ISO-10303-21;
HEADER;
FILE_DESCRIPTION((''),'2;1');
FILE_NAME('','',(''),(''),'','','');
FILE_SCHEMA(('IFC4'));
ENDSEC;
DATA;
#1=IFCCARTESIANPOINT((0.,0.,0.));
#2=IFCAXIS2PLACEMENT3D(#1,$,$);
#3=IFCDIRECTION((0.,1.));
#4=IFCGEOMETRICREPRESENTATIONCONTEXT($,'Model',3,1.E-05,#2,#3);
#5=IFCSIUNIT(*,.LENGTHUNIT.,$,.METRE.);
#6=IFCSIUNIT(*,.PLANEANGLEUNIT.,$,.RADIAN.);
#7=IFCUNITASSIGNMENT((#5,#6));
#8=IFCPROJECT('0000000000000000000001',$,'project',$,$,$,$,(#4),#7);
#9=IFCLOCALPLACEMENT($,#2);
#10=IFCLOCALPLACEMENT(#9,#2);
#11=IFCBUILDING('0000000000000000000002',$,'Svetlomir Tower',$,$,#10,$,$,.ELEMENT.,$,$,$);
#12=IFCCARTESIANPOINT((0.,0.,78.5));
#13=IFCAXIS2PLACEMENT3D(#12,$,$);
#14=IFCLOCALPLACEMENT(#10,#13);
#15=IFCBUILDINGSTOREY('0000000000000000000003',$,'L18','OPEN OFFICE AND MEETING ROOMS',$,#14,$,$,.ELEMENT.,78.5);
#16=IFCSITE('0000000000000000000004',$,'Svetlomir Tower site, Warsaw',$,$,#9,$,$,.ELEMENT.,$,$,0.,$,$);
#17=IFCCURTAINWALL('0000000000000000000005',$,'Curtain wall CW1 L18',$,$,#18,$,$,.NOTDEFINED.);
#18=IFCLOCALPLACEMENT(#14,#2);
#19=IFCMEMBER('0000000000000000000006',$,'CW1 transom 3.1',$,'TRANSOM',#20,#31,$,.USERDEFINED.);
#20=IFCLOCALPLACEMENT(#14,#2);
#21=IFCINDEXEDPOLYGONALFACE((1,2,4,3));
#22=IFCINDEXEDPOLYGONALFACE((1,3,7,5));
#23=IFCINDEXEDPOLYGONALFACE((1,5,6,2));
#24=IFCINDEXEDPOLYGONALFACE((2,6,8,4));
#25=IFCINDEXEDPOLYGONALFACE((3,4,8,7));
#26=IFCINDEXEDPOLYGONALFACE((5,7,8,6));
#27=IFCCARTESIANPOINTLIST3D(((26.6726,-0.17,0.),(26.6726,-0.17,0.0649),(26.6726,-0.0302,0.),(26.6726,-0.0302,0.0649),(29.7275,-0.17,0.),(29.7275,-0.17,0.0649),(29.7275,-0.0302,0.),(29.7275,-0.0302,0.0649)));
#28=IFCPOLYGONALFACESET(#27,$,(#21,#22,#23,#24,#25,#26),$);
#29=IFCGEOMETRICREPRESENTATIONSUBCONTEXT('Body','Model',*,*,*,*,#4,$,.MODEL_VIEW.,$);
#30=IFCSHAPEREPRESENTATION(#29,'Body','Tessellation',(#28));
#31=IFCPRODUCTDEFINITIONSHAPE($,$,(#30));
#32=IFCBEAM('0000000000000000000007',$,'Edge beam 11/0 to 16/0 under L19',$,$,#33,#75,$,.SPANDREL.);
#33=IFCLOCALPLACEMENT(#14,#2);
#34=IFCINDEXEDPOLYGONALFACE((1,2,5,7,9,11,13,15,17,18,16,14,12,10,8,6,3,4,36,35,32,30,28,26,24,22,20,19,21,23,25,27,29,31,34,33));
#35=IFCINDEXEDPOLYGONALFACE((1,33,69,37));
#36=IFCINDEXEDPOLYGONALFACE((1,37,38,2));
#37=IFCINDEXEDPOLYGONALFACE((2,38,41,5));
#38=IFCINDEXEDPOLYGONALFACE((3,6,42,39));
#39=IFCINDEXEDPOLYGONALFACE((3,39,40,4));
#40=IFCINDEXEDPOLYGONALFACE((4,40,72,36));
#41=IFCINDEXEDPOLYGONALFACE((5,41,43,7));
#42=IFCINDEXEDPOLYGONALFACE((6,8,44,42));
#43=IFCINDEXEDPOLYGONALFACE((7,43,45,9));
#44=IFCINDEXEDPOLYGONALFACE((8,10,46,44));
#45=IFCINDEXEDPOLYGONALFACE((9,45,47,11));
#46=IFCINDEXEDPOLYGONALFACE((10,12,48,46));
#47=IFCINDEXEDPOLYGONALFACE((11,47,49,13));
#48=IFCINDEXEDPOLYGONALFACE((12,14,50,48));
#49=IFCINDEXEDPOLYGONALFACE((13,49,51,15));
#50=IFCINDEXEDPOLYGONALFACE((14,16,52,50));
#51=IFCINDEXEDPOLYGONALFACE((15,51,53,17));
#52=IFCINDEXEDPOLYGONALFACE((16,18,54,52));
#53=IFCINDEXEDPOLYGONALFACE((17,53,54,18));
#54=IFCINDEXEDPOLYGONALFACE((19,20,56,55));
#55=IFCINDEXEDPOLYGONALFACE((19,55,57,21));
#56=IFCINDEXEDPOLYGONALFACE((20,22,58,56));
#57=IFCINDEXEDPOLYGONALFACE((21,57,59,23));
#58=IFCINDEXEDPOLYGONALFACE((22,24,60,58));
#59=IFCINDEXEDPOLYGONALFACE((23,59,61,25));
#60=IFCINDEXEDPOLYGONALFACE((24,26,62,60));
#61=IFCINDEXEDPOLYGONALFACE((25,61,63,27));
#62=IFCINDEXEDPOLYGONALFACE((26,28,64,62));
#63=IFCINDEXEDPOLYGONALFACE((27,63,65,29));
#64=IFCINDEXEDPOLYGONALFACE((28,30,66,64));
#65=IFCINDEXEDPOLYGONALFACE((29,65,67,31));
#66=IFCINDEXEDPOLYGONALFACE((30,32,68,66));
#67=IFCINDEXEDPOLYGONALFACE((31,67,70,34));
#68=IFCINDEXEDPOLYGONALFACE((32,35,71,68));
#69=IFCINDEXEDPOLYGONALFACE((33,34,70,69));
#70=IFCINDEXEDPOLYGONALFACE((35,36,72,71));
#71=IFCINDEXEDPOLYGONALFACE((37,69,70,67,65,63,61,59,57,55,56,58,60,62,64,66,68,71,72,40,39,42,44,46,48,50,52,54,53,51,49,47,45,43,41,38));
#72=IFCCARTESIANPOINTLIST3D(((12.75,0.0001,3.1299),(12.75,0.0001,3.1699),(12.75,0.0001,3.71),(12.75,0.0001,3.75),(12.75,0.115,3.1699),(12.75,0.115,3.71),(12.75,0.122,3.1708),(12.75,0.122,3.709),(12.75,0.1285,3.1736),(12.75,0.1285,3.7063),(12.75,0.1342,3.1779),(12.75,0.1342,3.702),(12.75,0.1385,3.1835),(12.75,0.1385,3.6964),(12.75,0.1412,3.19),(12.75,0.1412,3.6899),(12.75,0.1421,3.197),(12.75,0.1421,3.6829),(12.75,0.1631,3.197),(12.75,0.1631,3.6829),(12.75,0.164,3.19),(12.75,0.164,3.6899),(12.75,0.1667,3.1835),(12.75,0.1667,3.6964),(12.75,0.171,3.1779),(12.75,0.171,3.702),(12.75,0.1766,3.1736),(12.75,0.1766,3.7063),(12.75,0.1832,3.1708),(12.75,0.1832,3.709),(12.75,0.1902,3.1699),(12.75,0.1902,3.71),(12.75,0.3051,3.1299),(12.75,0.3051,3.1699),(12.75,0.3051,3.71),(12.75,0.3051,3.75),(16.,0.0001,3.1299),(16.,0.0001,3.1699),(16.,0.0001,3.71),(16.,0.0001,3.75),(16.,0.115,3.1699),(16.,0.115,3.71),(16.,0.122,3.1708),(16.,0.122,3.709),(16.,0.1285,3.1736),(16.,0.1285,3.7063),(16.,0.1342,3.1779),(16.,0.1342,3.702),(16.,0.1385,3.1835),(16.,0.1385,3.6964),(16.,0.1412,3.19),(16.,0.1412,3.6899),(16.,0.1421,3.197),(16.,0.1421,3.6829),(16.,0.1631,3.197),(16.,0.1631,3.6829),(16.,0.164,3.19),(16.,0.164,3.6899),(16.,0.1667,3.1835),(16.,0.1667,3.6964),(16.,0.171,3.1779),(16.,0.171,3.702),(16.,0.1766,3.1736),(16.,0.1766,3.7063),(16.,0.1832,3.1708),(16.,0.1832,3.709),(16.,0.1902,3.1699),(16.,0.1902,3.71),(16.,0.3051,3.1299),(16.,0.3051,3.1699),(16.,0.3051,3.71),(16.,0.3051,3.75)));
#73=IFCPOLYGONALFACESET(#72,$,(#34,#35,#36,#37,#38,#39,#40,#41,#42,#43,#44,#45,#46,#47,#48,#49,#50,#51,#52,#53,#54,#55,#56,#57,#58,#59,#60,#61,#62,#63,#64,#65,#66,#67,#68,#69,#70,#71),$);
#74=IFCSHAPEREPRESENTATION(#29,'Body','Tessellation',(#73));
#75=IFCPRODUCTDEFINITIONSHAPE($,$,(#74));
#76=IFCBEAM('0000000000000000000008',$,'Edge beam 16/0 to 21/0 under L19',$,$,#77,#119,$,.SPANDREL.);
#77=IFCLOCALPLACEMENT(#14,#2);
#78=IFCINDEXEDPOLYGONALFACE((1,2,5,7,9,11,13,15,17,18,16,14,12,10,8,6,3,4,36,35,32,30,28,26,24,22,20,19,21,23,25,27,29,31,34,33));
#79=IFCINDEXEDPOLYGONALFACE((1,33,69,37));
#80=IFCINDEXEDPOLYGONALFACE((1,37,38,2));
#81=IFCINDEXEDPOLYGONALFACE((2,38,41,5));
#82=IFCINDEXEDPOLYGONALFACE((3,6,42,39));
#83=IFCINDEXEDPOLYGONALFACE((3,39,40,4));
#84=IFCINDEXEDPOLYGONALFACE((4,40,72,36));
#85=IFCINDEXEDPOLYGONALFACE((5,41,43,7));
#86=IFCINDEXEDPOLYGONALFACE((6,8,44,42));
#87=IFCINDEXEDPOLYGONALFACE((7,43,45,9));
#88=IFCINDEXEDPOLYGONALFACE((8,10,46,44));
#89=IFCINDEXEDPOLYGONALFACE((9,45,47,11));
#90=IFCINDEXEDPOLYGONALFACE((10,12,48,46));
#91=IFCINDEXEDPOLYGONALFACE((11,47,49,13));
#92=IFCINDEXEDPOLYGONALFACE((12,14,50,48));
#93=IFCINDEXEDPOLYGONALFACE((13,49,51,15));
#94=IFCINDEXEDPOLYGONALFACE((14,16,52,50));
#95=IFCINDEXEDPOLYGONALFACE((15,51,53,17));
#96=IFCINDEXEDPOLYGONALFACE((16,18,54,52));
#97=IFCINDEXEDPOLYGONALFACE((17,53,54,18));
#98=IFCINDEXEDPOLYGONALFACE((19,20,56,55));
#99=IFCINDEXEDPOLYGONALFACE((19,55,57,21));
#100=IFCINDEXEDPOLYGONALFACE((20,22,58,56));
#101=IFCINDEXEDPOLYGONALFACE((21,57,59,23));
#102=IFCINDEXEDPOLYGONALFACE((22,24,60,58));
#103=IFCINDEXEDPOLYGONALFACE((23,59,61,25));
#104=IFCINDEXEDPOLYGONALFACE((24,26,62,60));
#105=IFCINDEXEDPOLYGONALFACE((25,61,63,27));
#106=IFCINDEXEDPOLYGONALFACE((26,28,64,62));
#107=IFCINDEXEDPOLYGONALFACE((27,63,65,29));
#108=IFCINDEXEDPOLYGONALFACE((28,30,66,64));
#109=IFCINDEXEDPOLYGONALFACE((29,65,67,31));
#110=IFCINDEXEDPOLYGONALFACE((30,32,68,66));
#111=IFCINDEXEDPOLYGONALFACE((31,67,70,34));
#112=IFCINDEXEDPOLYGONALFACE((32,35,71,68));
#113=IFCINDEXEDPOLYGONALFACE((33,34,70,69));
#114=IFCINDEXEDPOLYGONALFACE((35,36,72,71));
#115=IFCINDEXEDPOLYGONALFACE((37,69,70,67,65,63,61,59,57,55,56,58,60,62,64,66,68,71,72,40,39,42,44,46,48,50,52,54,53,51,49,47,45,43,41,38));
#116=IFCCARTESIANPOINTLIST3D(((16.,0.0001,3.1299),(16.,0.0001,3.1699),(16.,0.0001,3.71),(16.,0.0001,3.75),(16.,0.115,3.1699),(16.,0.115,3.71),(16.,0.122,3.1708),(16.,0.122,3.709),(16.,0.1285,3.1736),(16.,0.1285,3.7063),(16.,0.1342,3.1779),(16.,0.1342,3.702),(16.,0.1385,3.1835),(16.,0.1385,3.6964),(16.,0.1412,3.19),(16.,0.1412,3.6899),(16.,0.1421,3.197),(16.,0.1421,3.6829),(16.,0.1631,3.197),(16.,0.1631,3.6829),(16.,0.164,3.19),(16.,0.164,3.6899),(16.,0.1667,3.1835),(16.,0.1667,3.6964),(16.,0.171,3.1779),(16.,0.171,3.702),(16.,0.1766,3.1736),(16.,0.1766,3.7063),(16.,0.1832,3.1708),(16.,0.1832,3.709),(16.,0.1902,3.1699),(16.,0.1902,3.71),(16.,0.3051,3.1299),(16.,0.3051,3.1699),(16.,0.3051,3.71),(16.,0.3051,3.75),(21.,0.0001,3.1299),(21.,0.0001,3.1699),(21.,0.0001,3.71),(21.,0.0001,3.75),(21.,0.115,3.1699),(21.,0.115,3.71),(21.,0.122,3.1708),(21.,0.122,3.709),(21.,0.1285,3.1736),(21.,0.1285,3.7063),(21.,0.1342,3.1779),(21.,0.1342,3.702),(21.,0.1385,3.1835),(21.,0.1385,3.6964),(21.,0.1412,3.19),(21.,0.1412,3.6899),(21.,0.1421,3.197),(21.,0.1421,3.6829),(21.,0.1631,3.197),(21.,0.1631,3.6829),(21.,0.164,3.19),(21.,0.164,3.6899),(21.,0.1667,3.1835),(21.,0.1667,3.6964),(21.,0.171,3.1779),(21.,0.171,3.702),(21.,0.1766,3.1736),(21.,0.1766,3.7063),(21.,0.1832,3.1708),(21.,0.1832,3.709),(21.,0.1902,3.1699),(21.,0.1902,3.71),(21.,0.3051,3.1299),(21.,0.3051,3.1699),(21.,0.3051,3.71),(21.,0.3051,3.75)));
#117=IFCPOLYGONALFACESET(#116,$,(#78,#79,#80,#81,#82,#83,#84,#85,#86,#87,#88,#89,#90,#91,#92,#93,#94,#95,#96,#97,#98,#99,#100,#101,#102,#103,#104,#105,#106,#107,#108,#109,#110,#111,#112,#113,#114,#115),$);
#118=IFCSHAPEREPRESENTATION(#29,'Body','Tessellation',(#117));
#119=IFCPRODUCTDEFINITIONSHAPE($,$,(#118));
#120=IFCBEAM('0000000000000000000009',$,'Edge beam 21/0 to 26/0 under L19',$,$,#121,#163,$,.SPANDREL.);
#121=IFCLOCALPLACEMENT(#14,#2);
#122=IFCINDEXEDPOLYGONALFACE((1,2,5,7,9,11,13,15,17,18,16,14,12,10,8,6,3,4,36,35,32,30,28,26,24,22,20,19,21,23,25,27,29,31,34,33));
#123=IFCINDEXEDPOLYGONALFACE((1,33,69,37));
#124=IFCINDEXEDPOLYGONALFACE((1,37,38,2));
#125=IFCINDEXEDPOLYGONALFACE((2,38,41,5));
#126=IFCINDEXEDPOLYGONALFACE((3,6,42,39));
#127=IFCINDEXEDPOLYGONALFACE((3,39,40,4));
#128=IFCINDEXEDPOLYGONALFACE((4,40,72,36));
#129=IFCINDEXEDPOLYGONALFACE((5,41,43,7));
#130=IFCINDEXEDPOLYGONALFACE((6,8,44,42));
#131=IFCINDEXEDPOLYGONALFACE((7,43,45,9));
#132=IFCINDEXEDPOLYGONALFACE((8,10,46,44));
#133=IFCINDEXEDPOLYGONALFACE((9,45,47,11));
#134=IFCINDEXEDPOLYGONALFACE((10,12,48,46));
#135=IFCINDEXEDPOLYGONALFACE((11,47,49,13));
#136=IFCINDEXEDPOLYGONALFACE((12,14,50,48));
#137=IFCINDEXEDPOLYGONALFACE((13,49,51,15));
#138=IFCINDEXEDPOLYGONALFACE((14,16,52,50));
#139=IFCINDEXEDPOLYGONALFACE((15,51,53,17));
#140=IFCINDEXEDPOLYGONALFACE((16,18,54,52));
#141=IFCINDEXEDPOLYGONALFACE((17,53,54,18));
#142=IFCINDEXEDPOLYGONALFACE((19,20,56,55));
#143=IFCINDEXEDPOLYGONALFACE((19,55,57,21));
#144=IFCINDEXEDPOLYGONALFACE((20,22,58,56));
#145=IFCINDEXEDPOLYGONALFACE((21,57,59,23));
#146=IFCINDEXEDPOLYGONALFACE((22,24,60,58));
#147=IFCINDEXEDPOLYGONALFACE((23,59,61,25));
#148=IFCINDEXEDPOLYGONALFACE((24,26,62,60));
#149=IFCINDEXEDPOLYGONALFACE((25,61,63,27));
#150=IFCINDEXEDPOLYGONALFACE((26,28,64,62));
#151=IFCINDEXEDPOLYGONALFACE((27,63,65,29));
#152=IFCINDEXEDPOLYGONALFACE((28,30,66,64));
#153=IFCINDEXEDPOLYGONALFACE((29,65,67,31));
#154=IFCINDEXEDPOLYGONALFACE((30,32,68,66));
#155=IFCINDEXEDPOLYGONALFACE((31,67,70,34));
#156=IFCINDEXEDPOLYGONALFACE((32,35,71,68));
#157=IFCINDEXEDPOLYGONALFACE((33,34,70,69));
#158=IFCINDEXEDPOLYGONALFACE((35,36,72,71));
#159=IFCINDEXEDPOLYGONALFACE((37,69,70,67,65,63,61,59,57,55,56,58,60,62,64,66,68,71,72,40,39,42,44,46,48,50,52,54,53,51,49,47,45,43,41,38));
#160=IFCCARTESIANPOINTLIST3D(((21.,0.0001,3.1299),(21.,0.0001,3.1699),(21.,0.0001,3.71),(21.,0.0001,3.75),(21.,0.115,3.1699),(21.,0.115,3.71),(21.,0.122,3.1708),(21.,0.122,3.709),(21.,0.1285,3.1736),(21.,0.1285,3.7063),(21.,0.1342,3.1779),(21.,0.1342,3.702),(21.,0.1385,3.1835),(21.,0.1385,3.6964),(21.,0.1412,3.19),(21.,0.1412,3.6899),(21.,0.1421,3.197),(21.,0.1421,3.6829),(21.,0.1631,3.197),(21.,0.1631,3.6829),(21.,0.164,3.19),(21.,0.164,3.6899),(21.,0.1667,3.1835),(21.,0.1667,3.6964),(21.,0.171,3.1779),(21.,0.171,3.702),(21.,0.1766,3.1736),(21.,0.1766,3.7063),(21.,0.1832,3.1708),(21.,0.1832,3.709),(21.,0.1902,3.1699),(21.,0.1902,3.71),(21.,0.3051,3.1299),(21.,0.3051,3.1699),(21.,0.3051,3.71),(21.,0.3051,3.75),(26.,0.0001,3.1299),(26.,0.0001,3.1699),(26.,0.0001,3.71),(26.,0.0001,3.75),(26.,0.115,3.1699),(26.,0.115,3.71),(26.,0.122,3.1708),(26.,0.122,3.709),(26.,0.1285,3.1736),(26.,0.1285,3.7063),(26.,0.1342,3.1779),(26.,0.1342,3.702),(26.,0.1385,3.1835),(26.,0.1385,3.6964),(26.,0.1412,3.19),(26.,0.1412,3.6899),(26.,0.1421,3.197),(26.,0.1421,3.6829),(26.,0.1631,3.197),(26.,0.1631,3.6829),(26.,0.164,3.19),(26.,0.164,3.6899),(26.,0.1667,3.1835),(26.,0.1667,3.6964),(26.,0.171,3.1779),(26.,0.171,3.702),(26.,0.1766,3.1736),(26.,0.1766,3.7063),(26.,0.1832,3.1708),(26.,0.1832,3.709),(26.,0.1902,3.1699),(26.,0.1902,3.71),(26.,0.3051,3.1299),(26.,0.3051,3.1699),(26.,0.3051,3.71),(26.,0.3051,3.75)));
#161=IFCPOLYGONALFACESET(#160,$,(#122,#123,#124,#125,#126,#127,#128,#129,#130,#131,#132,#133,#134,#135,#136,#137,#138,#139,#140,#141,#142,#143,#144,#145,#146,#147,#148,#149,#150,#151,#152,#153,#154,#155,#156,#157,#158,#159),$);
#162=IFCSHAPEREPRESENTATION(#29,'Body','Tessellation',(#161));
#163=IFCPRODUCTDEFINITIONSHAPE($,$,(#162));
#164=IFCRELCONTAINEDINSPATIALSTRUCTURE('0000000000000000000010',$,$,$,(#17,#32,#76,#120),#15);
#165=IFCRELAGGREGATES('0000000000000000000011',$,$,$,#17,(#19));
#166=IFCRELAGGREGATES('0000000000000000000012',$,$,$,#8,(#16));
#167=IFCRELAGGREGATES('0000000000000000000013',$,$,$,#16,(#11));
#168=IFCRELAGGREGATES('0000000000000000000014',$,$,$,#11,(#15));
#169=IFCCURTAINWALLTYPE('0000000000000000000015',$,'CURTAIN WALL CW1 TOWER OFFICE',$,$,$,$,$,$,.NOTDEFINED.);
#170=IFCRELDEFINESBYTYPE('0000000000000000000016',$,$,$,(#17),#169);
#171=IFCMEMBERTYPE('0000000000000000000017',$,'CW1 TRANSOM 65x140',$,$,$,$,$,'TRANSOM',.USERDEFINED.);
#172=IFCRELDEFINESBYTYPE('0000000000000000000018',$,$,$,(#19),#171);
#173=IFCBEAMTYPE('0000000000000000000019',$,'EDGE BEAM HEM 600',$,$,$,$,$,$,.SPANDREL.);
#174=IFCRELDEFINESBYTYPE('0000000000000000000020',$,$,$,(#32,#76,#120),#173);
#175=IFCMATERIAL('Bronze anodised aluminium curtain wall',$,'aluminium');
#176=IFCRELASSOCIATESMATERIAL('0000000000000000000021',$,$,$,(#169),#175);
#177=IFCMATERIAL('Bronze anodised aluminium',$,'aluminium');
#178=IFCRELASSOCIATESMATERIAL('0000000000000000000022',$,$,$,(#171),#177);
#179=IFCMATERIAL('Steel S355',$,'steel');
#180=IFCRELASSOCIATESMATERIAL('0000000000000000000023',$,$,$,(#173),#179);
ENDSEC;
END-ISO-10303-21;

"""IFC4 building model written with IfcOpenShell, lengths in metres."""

from ifc_helpers import new_model, si_unit, direction, frame, origin, origin_2d, place, context, subcontext, project, spatial, rectangle, i_section, extrude, material, material_profile, profile_set, type_object, element, aggregate, save


model = new_model("IFC4")

# Units and contexts
model_context = context("Model", 3, precision=1e-05, world=origin(), true_north=direction((0.0, 1.0)))
body_context = subcontext(model_context, "Body", "Model", "MODEL_VIEW")
ifc_project = project(units=[si_unit("LENGTHUNIT", "METRE"), si_unit("PLANEANGLEUNIT", "RADIAN")], contexts=[model_context])

# Site, building, storey
site_placement = place(None, origin())
site = spatial("IfcSite", under=ifc_project, at=site_placement, Name="Svetlomir Tower site, Warsaw", CompositionType="ELEMENT", RefElevation=0.0)
building_placement = place(site_placement, origin())
building = spatial("IfcBuilding", under=site, at=building_placement, Name="Svetlomir Tower", CompositionType="ELEMENT")
storey_placement = place(building_placement, frame((0.0, 0.0, 78.5)))
storey = spatial("IfcBuildingStorey", under=building, at=storey_placement, Name="L18", Description="OPEN OFFICE AND MEETING ROOMS", CompositionType="ELEMENT", Elevation=78.5)

# Curtain wall
ifc_material_1 = material(Name="Bronze anodised aluminium curtain wall", Category="aluminium")
curtain_wall_type = type_object("IfcCurtainWallType", Name="CURTAIN WALL CW1 TOWER OFFICE", PredefinedType="NOTDEFINED", material=ifc_material_1)
curtain_wall_1_placement = place(storey_placement, origin())
curtain_wall_1 = element("IfcCurtainWall", 1, at=curtain_wall_1_placement, inside=storey, type_object=curtain_wall_type, Name="Curtain wall CW1 L18", PredefinedType="NOTDEFINED")

# Member
ifc_material_2 = material(Name="Bronze anodised aluminium", Category="aluminium")
ifc_material_profile_1 = material_profile(ifc_material_2, rectangle(XDim=0.1399, YDim=0.0649, at=origin_2d()), Name="AL 140x65")
ifc_profile_set_1 = profile_set([ifc_material_profile_1], Name="Bronze anodised aluminium 6063-T6")
member_type_1 = type_object("IfcMemberType", Name="CW1 TRANSOM 65x140", ElementType="TRANSOM", PredefinedType="USERDEFINED", material=ifc_profile_set_1)
member_1_placement = place(storey_placement, frame((26.6726, -0.1001, 0.0325), z_axis=(1.0, 0.0, 0.0), x_axis=(0.0, 1.0, 0.0)))
member_1 = element("IfcMember", 2, at=member_1_placement, type_object=member_type_1, Name="CW1 transom 3.1", ObjectType="TRANSOM", PredefinedType="USERDEFINED", context=body_context, shape_type="SweptSolid", body=[
    extrude(rectangle(XDim=0.1399, YDim=0.0649, at=origin_2d()), origin(), (0.0, 0.0, 1.0), 3.0549),
])

# Beams
ifc_material_3 = material(Name="Steel S355", Category="steel")
ifc_material_profile_2 = material_profile(ifc_material_3, i_section(OverallWidth=0.3049, OverallDepth=0.6201, WebThickness=0.021, FlangeThickness=0.04, FilletRadius=0.0271, at=origin_2d()), Name="HEM 600")
ifc_profile_set_2 = profile_set([ifc_material_profile_2], Name="Steel S355")
beam_type_1 = type_object("IfcBeamType", Name="EDGE BEAM HEM 600", PredefinedType="SPANDREL", material=ifc_profile_set_2)
beam_1_placement = place(storey_placement, frame((12.75, 0.1526, 3.4399), z_axis=(1.0, 0.0, 0.0), x_axis=(0.0, 1.0, 0.0)))
element("IfcBeam", 3, at=beam_1_placement, inside=storey, type_object=beam_type_1, Name="Edge beam 11/0 to 16/0 under L19", PredefinedType="SPANDREL", context=body_context, shape_type="SweptSolid", body=[
    extrude(i_section(OverallWidth=0.3049, OverallDepth=0.6201, WebThickness=0.021, FlangeThickness=0.04, FilletRadius=0.0271, at=origin_2d()), origin(), (0.0, 0.0, 1.0), 3.25),
])
for number, where, z_axis, x_axis, name in (
    (4, (16.0, 0.1526, 3.4399), (1.0, 0.0, 0.0), (0.0, 1.0, 0.0), "Edge beam 16/0 to 21/0 under L19"),
    (5, (21.0, 0.1526, 3.4399), (1.0, 0.0, 0.0), (0.0, 1.0, 0.0), "Edge beam 21/0 to 26/0 under L19"),
):
    element("IfcBeam", number, at=place(storey_placement, frame(where, z_axis=z_axis, x_axis=x_axis)), inside=storey, type_object=beam_type_1, Name=name, PredefinedType="SPANDREL", context=body_context, shape_type="SweptSolid", body=[
        extrude(i_section(OverallWidth=0.3049, OverallDepth=0.6201, WebThickness=0.021, FlangeThickness=0.04, FilletRadius=0.0271, at=origin_2d()), origin(), (0.0, 0.0, 1.0), 5.0),
    ])

aggregate(curtain_wall_1, [member_1])

save(model, "model.ifc")
